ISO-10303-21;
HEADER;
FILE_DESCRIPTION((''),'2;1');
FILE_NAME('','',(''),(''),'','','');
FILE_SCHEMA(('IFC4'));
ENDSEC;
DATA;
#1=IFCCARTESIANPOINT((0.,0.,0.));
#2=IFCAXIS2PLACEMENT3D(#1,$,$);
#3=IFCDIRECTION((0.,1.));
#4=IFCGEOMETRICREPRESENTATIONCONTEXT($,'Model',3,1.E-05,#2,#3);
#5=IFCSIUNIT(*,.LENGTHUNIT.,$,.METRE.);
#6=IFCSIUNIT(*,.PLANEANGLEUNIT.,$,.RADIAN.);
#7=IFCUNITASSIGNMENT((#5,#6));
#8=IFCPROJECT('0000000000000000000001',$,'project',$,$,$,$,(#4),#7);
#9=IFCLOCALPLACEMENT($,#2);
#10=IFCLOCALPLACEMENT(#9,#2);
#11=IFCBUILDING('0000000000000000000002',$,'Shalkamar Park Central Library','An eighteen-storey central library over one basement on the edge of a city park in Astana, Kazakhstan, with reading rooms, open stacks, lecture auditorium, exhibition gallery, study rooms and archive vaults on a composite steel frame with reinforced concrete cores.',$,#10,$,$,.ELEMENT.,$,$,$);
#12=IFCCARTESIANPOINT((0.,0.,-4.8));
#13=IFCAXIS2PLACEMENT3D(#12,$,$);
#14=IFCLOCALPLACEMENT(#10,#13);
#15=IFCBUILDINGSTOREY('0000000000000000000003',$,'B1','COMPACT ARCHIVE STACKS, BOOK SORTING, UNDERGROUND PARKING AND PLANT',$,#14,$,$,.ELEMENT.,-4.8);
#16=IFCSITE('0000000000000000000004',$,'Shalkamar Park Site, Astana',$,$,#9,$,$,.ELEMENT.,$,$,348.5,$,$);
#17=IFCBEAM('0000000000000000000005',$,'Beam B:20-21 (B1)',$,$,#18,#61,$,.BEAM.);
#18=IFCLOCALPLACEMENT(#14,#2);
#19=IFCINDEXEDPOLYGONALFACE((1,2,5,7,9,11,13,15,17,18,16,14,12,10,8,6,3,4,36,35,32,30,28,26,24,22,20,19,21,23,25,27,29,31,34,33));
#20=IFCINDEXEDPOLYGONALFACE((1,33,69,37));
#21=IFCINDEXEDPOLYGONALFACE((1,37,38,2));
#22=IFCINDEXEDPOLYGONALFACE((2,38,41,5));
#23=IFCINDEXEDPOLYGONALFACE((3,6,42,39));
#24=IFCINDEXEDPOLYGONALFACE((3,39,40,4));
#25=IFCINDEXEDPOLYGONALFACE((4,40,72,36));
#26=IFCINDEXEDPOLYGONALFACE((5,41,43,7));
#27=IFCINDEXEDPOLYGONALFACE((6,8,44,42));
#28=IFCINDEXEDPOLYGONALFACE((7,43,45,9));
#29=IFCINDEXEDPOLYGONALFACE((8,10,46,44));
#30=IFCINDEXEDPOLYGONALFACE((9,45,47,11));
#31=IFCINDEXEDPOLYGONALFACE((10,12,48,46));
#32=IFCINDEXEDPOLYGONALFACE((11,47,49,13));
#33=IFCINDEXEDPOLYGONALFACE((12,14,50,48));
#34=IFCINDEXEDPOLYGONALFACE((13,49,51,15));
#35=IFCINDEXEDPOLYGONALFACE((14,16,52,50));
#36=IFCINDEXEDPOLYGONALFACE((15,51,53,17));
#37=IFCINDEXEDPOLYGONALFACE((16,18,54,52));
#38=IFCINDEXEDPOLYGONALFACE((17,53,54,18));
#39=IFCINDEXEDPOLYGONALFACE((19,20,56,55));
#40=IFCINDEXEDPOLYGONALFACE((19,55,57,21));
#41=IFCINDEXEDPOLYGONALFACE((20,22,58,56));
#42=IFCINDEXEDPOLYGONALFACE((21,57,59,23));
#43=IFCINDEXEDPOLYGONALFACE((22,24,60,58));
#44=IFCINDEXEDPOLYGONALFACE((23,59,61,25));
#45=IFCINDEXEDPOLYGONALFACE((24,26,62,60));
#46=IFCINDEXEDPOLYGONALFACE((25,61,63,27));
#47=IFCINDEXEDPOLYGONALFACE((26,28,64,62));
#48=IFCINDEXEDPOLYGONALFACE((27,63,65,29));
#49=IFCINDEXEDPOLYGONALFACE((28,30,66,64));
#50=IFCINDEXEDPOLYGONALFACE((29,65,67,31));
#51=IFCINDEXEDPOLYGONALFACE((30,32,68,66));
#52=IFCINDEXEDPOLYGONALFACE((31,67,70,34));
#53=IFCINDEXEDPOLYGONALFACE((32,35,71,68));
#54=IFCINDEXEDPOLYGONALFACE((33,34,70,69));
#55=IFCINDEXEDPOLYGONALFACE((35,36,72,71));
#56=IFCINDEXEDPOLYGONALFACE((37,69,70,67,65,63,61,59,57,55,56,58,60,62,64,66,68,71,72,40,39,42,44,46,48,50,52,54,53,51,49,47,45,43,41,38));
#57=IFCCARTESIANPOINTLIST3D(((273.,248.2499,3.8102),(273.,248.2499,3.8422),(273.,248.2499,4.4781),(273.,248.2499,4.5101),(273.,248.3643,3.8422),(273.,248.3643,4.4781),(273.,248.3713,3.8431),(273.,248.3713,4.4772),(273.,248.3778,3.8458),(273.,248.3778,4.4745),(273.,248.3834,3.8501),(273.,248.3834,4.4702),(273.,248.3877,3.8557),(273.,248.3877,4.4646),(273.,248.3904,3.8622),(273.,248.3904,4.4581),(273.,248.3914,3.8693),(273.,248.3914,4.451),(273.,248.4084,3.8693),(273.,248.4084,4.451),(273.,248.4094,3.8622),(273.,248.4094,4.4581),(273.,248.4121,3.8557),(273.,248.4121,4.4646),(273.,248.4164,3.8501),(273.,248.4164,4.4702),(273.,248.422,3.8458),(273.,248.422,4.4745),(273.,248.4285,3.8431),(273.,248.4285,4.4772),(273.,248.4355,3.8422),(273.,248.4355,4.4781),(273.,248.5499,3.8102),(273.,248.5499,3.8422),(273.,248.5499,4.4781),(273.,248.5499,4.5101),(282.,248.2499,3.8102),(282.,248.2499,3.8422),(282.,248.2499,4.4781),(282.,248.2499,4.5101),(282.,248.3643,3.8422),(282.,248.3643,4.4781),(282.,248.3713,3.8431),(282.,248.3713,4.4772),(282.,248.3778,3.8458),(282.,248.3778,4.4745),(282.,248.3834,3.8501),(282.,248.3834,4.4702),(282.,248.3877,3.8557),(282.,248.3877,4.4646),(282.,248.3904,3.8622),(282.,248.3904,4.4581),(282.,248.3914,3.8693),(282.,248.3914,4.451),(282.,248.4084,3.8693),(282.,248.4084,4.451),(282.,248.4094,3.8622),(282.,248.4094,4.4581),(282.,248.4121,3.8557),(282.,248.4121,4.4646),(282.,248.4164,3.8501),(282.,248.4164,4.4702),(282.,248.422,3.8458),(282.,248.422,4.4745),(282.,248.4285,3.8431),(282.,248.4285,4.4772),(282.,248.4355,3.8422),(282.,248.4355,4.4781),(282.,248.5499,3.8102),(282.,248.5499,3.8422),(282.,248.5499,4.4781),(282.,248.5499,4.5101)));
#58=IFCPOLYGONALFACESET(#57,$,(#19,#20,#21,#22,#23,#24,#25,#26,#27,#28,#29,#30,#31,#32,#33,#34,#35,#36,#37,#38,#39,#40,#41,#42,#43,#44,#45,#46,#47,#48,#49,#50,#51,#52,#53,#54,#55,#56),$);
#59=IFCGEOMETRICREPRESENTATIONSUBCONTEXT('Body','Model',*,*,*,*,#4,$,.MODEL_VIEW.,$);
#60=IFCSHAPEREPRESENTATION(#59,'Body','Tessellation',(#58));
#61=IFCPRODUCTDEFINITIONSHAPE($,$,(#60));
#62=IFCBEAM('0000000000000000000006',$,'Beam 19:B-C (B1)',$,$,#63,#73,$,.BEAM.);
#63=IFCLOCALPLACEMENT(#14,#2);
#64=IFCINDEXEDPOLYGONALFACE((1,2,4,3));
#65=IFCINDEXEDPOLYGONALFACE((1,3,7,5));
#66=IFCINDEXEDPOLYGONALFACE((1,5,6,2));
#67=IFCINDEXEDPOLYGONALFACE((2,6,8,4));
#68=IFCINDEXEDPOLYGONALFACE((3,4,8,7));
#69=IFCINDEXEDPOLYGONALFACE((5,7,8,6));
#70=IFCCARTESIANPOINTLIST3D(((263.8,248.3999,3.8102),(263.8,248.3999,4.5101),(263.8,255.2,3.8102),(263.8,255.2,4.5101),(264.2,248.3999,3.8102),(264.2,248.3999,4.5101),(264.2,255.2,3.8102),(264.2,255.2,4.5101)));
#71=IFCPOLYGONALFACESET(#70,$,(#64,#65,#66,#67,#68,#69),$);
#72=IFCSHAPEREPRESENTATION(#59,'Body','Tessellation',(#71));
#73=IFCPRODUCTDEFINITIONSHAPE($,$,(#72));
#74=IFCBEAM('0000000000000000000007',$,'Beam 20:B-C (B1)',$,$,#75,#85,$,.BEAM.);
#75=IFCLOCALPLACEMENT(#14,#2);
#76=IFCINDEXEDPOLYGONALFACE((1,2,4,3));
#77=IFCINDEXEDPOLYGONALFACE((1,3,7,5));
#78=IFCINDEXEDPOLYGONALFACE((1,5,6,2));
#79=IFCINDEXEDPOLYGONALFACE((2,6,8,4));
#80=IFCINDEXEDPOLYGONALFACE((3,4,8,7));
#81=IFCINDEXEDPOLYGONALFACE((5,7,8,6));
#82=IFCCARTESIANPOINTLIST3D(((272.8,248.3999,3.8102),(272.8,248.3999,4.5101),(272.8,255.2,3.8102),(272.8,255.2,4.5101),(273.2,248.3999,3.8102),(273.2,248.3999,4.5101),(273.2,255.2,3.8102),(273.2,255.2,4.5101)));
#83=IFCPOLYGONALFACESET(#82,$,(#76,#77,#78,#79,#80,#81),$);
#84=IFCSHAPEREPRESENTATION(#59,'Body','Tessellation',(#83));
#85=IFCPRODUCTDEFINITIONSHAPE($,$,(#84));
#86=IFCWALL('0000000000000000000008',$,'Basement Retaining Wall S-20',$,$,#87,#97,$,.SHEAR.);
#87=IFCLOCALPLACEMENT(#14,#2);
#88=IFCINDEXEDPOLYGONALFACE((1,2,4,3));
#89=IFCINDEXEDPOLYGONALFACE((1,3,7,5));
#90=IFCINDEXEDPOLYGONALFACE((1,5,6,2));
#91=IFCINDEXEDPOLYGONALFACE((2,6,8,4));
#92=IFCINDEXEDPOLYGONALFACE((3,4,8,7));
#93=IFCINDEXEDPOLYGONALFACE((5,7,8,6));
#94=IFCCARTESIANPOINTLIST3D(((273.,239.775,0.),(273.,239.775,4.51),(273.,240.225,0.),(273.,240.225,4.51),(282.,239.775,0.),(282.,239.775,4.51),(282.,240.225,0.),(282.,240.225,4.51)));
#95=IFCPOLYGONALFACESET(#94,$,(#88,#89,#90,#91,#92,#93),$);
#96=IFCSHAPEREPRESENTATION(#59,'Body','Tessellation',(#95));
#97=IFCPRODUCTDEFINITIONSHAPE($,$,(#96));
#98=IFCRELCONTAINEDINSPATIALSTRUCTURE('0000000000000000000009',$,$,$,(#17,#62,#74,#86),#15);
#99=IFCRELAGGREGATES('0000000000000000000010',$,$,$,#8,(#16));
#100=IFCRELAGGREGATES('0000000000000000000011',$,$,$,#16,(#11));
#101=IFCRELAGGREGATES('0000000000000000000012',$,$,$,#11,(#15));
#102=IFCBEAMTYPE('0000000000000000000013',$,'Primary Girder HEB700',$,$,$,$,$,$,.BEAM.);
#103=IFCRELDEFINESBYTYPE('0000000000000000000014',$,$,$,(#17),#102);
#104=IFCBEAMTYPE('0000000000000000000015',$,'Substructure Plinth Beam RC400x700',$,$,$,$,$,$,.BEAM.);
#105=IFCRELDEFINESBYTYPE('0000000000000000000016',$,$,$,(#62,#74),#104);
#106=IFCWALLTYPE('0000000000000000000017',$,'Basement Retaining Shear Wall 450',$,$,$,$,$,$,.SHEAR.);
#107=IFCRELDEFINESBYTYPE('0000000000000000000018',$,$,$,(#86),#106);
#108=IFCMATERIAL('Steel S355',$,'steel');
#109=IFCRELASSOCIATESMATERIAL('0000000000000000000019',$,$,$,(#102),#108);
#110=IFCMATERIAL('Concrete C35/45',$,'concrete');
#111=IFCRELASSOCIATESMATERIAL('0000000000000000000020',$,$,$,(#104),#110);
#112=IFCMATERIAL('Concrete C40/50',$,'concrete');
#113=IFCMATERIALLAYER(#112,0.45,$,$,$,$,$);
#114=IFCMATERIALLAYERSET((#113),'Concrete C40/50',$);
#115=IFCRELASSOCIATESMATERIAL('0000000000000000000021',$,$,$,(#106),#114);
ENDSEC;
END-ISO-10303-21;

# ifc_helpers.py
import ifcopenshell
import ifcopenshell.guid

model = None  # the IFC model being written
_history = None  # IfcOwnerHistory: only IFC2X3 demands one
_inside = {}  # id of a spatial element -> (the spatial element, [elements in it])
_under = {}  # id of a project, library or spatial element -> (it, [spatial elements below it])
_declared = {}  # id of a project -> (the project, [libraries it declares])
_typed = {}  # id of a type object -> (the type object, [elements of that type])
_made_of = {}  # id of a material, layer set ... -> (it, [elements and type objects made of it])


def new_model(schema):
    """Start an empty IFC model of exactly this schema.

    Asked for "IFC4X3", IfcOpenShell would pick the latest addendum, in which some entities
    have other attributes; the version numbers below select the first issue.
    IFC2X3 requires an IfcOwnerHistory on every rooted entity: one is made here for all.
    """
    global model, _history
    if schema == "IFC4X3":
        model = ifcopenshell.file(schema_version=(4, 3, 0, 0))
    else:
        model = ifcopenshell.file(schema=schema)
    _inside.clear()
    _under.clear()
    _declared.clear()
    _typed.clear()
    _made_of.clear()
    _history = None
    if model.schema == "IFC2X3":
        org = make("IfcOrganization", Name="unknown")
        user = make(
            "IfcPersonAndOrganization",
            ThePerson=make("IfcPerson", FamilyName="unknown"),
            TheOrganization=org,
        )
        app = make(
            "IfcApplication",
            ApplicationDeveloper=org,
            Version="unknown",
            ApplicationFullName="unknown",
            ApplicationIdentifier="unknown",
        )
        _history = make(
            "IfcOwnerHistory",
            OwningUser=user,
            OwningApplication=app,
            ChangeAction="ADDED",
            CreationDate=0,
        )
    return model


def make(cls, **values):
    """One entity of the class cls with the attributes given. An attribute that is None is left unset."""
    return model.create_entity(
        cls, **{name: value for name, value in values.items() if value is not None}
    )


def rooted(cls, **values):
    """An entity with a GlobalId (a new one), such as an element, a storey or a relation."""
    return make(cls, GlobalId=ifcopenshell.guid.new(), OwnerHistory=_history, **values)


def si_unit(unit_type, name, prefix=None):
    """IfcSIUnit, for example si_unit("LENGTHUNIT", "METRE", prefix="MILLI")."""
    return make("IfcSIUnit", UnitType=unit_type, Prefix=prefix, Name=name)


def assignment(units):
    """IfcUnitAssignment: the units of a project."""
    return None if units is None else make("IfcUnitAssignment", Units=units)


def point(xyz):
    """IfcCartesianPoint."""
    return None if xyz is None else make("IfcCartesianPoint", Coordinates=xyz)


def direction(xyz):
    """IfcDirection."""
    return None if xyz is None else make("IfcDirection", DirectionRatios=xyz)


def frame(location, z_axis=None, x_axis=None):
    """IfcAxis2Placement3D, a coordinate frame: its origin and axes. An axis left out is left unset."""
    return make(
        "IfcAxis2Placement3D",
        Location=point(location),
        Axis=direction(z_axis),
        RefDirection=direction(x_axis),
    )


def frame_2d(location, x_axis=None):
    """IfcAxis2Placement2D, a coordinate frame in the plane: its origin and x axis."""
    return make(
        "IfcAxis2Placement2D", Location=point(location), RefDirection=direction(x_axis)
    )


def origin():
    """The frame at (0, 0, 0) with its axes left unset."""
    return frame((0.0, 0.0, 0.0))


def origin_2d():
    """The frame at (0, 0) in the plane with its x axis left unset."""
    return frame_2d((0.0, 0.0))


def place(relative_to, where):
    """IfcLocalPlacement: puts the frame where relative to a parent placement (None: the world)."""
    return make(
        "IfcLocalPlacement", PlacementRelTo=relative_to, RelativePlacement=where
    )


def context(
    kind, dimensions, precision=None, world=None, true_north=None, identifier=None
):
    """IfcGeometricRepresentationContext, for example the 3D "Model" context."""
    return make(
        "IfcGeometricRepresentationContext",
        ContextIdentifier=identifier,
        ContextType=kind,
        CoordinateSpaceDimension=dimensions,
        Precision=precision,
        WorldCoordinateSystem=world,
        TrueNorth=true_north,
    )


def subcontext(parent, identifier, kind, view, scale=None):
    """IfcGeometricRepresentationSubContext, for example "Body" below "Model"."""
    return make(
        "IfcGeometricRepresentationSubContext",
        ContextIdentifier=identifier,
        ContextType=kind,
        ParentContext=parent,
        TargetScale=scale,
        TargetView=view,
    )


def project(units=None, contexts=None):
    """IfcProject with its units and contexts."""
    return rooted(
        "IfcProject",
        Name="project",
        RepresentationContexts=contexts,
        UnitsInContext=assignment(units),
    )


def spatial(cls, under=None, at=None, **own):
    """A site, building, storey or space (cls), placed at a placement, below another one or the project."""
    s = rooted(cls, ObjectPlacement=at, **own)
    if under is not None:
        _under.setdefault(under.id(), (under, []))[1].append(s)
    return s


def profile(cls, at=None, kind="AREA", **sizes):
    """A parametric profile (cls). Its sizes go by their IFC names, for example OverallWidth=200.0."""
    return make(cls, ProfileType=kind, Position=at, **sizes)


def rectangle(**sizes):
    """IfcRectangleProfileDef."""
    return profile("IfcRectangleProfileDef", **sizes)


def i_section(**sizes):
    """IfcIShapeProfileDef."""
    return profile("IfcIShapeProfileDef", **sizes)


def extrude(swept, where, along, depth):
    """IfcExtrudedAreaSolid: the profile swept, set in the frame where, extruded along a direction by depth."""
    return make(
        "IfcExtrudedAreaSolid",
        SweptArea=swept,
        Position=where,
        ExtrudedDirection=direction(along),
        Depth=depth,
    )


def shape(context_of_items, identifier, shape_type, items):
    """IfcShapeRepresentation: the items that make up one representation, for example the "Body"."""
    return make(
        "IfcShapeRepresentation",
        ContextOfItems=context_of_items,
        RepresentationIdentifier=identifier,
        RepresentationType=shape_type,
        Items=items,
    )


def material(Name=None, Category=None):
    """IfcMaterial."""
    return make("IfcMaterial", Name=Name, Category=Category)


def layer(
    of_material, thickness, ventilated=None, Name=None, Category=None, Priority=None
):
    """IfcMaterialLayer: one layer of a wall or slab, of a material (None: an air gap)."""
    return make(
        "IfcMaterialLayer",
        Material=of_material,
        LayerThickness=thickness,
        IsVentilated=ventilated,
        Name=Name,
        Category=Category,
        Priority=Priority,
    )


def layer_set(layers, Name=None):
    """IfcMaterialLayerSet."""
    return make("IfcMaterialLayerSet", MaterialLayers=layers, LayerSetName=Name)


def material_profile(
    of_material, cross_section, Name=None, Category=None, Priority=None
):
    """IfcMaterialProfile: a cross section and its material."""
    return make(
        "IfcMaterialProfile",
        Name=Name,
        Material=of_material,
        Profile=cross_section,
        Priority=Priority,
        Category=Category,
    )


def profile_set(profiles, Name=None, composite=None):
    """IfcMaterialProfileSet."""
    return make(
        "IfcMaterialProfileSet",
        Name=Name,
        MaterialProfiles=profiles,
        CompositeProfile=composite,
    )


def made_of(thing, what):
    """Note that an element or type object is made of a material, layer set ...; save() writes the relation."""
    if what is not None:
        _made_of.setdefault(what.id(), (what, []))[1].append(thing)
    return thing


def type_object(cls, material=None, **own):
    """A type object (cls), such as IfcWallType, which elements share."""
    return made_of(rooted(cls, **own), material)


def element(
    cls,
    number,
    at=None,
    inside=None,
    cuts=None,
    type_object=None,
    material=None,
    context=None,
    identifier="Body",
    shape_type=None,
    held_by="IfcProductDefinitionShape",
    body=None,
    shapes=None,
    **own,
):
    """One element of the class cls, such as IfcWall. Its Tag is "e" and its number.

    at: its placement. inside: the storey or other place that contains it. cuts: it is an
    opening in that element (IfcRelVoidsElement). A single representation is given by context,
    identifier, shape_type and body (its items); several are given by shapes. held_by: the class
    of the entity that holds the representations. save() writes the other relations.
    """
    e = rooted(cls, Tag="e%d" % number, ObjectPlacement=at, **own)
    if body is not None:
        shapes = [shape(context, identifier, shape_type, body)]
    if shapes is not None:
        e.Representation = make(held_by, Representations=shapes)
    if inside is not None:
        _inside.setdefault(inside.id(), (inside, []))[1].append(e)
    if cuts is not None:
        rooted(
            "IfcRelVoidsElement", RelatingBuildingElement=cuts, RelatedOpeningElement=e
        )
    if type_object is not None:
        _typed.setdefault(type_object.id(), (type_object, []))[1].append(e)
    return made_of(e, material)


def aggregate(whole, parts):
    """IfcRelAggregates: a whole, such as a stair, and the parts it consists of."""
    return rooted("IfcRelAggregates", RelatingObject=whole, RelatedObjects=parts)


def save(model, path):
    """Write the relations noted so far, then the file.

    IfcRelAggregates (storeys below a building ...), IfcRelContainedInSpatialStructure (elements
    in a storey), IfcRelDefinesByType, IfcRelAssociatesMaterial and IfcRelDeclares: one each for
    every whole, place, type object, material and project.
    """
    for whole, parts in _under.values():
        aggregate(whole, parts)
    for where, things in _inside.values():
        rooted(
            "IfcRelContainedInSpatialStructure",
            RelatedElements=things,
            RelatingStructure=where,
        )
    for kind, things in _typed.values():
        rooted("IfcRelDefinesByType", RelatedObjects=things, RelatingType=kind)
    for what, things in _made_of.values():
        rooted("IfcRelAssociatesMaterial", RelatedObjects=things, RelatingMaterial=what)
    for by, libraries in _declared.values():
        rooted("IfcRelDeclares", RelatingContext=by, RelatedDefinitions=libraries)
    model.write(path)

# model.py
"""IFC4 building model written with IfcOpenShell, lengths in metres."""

from ifc_helpers import new_model, si_unit, direction, frame, frame_2d, origin, origin_2d, place, context, subcontext, project, spatial, rectangle, i_section, extrude, material, layer, layer_set, material_profile, profile_set, type_object, element, save


model = new_model("IFC4")

# Units and contexts
model_context = context("Model", 3, precision=1e-05, world=origin(), true_north=direction((0.0, 1.0)))
body_context = subcontext(model_context, "Body", "Model", "MODEL_VIEW")
ifc_project = project(units=[si_unit("LENGTHUNIT", "METRE"), si_unit("PLANEANGLEUNIT", "RADIAN")], contexts=[model_context])

# Site, building, storey
site_placement = place(None, origin())
site = spatial("IfcSite", under=ifc_project, at=site_placement, Name="Shalkamar Park Site, Astana", CompositionType="ELEMENT", RefElevation=348.5)
building_placement = place(site_placement, origin())
building = spatial("IfcBuilding", under=site, at=building_placement, Name="Shalkamar Park Central Library", Description="An eighteen-storey central library over one basement on the edge of a city park in Astana, Kazakhstan, with reading rooms, open stacks, lecture auditorium, exhibition gallery, study rooms and archive vaults on a composite steel frame with reinforced concrete cores.", CompositionType="ELEMENT")
storey_placement = place(building_placement, frame((0.0, 0.0, -4.8)))
storey = spatial("IfcBuildingStorey", under=building, at=storey_placement, Name="B1", Description="COMPACT ARCHIVE STACKS, BOOK SORTING, UNDERGROUND PARKING AND PLANT", CompositionType="ELEMENT", Elevation=-4.8)

# Shared definitions
ifc_material_1 = material(Name="Concrete C35/45", Category="concrete")

# Shared definitions
ifc_material_2 = material(Name="Concrete C40/50", Category="concrete")
ifc_material_3 = material(Name="Steel S355", Category="steel")

# Beams
ifc_material_profile_1 = material_profile(ifc_material_3, i_section(OverallWidth=0.3, OverallDepth=0.7, WebThickness=0.0171, FlangeThickness=0.032, FilletRadius=0.0271, at=origin_2d()), Name="HEB 700")
ifc_profile_set_1 = profile_set([ifc_material_profile_1], Name="Steel S355")
beam_type_1 = type_object("IfcBeamType", Name="Primary Girder HEB700", PredefinedType="BEAM", material=ifc_profile_set_1)
for number, where, z_axis, x_axis, name in (
    (1, (273.0, 248.3999, 4.1602), (1.0, 0.0, 0.0), (0.0, 1.0, 0.0), "Beam B:20-21 (B1)"),
):
    element("IfcBeam", number, at=place(storey_placement, frame(where, z_axis=z_axis, x_axis=x_axis)), inside=storey, type_object=beam_type_1, Name=name, PredefinedType="BEAM", context=body_context, shape_type="SweptSolid", body=[
        extrude(i_section(OverallWidth=0.3, OverallDepth=0.7, WebThickness=0.0171, FlangeThickness=0.032, FilletRadius=0.0271, at=origin_2d()), origin(), (0.0, 0.0, 1.0), 9.0),
    ])
ifc_material_profile_2 = material_profile(ifc_material_1, rectangle(XDim=0.3999, YDim=0.7, at=origin_2d()), Name="RC 400x700")
ifc_profile_set_2 = profile_set([ifc_material_profile_2], Name="Concrete C35/45")
beam_type_2 = type_object("IfcBeamType", Name="Substructure Plinth Beam RC400x700", PredefinedType="BEAM", material=ifc_profile_set_2)
for number, where, z_axis, x_axis, name in (
    (2, (264.0, 248.3999, 4.1602), (0.0, 1.0, 0.0), (-1.0, 0.0, 0.0), "Beam 19:B-C (B1)"),
    (3, (273.0, 248.3999, 4.1602), (0.0, 1.0, 0.0), (-1.0, 0.0, 0.0), "Beam 20:B-C (B1)"),
):
    element("IfcBeam", number, at=place(storey_placement, frame(where, z_axis=z_axis, x_axis=x_axis)), inside=storey, type_object=beam_type_2, Name=name, PredefinedType="BEAM", context=body_context, shape_type="SweptSolid", body=[
        extrude(rectangle(XDim=0.3999, YDim=0.7, at=origin_2d()), origin(), (0.0, 0.0, 1.0), 6.8),
    ])

# Wall
ifc_layer = layer(ifc_material_2, 0.45)
ifc_layer_set = layer_set([ifc_layer], Name="Concrete C40/50")
wall_type = type_object("IfcWallType", Name="Basement Retaining Shear Wall 450", PredefinedType="SHEAR", material=ifc_layer_set)
wall_placement = place(storey_placement, frame((273.0, 240.0, 0.0), z_axis=(0.0, 0.0, 1.0), x_axis=(1.0, 0.0, 0.0)))
element("IfcWall", 4, at=wall_placement, inside=storey, type_object=wall_type, Name="Basement Retaining Wall S-20", PredefinedType="SHEAR", context=body_context, shape_type="SweptSolid", body=[
    extrude(rectangle(XDim=9.0, YDim=0.45, at=frame_2d((4.5, 0.0))), origin(), (0.0, 0.0, 1.0), 4.51),
])

save(model, "model.ifc")
